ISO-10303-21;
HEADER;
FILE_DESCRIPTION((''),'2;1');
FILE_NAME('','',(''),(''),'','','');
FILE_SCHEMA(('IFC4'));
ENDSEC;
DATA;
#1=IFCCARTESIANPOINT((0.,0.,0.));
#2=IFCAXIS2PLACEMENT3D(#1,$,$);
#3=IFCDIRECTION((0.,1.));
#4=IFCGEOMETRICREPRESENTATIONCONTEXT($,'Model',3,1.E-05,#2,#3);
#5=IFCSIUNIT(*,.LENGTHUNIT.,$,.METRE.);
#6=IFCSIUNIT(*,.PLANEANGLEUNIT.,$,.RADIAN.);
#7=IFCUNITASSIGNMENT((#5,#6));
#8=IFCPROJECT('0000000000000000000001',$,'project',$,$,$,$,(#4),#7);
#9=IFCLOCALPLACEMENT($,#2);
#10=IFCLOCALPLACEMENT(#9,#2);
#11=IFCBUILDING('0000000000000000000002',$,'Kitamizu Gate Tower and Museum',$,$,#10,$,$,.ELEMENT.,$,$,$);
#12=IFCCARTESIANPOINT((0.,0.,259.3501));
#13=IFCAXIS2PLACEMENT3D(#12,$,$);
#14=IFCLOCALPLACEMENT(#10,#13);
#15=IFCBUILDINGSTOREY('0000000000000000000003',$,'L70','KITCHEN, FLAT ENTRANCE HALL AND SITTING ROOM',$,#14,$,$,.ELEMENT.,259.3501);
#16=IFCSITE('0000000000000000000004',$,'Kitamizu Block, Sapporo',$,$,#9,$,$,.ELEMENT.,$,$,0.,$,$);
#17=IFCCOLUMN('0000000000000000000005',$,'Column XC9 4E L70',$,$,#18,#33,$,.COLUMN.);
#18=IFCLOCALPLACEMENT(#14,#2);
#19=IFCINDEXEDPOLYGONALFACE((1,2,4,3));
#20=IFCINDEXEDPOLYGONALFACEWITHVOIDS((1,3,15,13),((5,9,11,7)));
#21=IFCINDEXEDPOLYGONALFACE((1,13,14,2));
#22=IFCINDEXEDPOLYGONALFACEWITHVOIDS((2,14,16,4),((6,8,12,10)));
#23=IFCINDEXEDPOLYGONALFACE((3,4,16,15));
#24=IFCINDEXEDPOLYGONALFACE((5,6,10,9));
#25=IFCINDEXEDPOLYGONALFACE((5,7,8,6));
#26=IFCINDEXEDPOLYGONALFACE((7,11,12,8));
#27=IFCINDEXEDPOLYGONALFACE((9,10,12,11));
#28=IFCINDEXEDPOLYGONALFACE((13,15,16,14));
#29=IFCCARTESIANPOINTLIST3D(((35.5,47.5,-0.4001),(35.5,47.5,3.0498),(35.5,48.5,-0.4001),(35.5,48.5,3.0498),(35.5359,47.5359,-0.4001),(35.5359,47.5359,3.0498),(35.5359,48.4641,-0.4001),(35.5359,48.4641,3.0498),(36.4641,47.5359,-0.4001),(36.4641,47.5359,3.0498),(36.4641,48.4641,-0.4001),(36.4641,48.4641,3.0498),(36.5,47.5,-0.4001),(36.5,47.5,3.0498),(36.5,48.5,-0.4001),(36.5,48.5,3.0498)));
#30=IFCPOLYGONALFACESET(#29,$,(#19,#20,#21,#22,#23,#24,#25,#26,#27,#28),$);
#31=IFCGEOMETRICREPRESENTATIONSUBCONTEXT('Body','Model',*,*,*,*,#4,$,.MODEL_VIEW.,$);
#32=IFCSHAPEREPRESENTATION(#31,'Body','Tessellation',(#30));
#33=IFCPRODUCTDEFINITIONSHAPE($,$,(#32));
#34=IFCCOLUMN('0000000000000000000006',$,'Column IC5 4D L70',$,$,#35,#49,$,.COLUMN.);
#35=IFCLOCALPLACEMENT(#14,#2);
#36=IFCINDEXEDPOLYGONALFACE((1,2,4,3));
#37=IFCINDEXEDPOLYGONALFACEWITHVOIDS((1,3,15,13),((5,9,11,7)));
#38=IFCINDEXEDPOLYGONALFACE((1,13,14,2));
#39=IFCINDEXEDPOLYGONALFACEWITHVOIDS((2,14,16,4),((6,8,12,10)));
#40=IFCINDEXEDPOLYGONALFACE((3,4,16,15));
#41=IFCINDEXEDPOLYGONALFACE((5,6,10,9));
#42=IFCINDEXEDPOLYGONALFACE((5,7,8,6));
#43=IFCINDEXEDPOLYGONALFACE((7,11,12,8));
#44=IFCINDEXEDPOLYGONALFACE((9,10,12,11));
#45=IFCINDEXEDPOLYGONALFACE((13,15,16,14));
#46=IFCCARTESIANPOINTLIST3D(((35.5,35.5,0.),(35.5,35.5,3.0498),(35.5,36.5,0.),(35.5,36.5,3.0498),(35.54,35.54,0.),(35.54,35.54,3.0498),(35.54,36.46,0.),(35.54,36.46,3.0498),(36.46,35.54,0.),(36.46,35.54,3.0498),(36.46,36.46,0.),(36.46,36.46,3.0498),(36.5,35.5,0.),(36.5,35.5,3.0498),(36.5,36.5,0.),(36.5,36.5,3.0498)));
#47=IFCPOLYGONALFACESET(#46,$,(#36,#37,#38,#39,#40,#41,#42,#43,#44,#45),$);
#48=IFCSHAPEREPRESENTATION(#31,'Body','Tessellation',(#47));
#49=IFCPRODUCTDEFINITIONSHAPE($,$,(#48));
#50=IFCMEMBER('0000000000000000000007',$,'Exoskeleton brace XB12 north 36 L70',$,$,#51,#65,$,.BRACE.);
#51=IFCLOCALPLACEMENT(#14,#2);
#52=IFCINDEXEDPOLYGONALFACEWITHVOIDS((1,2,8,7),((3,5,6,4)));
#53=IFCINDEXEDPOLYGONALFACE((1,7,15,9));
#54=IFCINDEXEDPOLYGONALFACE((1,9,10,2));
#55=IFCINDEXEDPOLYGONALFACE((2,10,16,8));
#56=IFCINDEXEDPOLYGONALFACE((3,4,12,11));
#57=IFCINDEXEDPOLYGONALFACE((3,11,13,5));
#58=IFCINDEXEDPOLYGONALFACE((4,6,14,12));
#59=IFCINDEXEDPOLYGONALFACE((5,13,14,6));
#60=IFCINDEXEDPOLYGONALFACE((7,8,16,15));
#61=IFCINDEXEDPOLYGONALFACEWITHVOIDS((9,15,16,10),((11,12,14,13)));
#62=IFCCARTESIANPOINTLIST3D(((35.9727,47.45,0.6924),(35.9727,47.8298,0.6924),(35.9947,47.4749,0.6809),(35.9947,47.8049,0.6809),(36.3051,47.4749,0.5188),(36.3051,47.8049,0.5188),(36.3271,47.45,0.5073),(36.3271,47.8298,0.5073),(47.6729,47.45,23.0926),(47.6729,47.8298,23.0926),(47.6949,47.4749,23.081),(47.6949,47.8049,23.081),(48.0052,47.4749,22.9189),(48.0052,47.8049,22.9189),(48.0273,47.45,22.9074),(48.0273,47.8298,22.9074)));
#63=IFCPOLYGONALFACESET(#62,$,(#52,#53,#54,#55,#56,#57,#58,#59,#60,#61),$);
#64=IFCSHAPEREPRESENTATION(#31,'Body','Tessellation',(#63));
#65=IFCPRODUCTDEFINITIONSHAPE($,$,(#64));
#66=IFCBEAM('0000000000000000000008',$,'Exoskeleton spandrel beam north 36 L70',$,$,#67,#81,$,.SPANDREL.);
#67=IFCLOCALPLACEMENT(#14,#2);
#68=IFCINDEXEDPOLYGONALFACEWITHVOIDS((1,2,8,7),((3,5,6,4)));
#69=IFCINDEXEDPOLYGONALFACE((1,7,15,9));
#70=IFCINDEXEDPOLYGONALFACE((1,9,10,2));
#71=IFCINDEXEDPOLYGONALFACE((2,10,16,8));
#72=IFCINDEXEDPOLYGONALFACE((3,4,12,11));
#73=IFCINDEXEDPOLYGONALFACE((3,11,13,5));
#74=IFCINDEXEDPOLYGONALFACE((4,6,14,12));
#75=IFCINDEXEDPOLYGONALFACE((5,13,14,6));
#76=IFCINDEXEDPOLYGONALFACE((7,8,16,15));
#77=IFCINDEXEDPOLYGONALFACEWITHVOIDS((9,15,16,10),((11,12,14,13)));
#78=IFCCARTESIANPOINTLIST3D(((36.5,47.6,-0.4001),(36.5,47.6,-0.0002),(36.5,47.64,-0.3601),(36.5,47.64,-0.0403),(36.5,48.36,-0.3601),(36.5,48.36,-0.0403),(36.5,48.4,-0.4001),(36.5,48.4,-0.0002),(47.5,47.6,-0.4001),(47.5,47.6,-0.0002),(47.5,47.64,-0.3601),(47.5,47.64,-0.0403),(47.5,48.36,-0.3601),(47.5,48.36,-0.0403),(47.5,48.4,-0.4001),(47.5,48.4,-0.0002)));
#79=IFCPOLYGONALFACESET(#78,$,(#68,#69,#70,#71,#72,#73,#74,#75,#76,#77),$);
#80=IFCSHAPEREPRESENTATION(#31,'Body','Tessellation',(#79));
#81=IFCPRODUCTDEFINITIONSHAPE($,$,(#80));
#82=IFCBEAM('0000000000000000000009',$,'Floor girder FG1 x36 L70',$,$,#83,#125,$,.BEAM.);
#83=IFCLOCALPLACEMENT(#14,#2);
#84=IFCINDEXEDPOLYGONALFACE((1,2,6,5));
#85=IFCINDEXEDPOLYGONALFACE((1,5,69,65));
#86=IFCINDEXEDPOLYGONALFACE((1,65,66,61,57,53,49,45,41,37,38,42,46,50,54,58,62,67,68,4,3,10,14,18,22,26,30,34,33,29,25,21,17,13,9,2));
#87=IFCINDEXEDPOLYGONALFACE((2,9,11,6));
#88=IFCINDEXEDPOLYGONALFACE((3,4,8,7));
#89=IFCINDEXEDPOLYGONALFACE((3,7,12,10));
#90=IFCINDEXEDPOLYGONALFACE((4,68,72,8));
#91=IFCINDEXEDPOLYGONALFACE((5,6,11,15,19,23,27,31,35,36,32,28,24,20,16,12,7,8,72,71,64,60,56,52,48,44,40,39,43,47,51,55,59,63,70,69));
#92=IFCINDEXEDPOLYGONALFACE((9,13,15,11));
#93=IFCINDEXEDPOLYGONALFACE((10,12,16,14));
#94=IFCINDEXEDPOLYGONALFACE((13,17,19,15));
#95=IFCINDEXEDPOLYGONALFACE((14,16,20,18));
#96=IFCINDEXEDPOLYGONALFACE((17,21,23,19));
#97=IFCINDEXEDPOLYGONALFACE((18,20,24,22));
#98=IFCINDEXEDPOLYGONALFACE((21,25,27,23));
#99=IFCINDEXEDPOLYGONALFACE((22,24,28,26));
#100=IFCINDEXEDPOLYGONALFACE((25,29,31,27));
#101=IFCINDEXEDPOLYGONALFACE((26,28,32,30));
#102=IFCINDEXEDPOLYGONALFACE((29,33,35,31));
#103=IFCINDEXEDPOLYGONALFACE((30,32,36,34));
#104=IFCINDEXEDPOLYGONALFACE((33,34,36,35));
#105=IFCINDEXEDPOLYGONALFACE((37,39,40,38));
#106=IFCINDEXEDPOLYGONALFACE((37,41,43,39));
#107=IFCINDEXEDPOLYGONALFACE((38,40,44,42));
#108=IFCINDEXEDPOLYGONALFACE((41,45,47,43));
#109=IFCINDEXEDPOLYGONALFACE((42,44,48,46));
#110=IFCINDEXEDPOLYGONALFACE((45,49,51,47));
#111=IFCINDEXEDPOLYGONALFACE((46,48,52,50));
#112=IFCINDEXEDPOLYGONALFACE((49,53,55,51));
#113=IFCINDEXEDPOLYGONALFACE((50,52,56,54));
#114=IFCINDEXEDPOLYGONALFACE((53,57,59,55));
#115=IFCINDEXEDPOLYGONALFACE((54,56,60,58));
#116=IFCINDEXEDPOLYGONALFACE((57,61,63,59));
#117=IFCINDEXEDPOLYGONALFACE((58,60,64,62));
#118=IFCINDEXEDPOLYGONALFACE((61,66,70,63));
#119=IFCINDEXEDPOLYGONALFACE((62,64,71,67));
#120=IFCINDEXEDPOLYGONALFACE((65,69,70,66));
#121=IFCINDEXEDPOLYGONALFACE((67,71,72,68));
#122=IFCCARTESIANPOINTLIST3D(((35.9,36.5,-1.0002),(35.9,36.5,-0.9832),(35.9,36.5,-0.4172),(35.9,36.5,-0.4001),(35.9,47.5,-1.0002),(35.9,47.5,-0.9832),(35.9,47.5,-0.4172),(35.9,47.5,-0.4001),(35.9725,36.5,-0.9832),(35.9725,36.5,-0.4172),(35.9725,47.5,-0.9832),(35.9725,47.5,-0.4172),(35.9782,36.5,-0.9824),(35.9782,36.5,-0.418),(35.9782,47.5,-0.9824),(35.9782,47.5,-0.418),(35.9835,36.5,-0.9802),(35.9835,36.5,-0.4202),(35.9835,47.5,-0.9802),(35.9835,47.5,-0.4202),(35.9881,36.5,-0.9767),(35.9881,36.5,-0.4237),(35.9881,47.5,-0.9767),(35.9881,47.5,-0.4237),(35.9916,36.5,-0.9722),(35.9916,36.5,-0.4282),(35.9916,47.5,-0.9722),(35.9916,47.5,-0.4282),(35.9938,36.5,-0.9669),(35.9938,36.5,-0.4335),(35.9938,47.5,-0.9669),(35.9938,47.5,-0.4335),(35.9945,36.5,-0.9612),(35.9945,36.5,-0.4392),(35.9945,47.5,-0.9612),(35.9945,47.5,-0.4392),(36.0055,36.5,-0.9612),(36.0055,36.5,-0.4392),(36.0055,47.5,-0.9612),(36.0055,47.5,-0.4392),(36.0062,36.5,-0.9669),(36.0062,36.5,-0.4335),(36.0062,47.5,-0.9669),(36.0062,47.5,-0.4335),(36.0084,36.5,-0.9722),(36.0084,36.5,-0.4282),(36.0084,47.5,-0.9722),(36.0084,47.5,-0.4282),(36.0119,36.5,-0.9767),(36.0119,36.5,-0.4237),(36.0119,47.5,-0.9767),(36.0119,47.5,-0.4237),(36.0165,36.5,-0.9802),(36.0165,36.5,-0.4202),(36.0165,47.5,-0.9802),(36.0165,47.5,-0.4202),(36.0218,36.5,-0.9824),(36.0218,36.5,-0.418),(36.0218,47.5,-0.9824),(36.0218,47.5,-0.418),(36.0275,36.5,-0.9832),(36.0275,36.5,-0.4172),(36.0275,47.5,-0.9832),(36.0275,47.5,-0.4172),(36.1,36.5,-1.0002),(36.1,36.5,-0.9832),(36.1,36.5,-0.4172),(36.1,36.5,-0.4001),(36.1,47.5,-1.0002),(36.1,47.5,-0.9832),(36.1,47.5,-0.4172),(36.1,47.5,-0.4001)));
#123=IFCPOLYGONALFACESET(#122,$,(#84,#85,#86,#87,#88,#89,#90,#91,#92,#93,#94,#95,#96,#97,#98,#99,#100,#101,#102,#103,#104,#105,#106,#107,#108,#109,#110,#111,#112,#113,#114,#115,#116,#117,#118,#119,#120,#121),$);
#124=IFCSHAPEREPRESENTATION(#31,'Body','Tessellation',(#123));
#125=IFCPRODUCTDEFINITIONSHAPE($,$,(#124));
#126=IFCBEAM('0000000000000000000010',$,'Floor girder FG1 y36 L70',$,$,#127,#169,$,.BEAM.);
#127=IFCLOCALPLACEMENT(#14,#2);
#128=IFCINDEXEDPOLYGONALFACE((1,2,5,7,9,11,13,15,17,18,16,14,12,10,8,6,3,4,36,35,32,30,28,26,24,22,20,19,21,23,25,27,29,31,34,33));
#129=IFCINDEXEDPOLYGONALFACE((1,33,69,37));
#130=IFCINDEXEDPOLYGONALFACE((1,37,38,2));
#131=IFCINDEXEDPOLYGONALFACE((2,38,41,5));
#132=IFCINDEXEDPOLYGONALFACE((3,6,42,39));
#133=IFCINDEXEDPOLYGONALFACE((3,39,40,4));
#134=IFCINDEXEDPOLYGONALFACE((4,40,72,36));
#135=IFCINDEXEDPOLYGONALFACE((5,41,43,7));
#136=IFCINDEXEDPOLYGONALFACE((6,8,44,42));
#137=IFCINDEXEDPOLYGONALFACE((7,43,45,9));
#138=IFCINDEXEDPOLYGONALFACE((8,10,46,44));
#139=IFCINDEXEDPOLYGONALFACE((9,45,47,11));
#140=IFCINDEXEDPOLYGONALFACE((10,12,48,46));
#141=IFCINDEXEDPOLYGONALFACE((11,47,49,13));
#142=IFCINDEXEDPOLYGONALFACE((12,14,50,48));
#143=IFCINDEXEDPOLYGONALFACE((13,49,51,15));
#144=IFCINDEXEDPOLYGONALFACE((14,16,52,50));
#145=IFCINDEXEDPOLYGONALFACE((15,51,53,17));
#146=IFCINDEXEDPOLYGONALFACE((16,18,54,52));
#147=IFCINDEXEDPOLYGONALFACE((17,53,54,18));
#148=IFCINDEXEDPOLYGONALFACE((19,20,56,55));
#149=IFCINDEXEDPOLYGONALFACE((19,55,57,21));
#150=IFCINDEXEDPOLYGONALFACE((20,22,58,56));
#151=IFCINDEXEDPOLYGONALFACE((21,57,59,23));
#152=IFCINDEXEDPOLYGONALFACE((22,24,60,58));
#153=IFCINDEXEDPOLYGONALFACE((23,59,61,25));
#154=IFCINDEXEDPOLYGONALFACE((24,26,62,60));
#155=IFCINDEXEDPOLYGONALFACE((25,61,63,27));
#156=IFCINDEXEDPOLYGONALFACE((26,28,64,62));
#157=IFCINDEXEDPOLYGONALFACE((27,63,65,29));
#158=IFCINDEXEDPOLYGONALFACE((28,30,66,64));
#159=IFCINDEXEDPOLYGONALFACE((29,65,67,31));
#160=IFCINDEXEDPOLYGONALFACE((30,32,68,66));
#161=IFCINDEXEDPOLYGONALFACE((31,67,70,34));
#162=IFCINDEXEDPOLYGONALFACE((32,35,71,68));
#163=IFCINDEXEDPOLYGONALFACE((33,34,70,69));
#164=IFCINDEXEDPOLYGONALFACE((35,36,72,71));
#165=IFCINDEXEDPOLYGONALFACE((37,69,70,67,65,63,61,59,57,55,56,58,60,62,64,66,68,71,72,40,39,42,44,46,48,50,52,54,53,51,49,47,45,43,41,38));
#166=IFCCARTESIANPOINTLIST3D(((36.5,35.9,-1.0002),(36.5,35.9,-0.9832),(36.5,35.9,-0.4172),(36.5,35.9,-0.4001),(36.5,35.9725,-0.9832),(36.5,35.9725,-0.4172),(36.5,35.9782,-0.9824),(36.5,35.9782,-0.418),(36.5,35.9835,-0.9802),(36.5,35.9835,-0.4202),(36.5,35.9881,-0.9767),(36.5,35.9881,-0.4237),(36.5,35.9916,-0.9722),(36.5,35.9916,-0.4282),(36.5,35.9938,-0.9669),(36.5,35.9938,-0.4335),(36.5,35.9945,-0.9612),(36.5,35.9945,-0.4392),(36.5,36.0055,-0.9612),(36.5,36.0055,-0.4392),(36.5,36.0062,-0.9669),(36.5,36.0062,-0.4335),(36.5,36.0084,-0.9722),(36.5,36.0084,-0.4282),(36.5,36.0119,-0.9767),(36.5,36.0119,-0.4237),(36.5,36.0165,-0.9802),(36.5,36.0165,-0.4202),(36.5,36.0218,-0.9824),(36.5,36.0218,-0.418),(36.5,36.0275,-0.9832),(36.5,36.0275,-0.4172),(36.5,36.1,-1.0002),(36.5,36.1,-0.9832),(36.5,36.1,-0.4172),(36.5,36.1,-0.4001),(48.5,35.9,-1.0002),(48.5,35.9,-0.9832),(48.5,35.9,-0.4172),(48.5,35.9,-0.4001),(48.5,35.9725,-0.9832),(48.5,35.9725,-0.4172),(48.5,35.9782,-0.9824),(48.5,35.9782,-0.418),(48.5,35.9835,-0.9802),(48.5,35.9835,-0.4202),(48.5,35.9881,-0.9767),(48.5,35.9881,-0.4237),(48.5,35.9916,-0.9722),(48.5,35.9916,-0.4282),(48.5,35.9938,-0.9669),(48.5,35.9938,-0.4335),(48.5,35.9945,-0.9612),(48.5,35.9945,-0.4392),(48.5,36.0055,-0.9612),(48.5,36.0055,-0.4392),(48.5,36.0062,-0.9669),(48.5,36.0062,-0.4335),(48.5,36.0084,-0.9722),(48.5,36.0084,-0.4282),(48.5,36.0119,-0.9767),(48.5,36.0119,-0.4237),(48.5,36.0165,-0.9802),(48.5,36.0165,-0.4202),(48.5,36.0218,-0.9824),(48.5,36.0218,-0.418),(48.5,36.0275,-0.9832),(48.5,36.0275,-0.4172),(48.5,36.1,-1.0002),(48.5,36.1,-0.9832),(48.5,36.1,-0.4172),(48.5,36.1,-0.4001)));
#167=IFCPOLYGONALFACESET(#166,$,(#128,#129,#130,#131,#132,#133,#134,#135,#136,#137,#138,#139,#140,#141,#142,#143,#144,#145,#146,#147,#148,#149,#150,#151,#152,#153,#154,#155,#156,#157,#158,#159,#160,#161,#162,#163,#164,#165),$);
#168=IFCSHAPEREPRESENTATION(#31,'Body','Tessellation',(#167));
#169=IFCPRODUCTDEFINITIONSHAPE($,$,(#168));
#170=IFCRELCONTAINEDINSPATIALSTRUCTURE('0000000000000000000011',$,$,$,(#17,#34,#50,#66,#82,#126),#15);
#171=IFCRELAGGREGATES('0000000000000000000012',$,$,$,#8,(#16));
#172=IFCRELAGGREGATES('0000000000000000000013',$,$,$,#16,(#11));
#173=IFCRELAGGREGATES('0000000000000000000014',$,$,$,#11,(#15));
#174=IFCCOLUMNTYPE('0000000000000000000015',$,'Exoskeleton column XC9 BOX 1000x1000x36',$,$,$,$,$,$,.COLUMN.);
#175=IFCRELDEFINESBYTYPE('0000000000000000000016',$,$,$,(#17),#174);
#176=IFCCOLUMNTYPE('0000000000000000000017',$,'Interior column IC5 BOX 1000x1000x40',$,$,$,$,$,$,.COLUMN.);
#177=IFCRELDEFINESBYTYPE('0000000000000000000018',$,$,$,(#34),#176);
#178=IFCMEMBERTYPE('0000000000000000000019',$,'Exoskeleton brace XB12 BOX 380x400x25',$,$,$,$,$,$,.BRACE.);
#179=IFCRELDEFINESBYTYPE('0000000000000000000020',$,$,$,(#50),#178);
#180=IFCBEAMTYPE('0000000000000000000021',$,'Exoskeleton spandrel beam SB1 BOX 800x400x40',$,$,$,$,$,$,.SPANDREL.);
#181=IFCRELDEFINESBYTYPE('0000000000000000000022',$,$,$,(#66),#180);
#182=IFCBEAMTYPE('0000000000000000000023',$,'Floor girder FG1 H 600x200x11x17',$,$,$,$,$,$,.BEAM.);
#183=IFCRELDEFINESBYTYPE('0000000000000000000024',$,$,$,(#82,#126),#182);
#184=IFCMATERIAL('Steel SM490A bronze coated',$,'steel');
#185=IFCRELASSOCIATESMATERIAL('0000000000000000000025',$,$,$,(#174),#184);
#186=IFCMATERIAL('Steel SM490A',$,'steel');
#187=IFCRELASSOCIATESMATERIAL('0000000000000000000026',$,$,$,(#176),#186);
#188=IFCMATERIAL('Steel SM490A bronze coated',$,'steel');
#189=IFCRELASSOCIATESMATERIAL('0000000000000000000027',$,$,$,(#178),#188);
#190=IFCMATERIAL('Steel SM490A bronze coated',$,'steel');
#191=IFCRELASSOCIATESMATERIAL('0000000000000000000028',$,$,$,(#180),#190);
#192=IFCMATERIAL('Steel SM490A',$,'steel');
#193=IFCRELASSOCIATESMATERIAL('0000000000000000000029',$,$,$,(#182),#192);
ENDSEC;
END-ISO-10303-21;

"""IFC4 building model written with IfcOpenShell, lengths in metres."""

from ifc_helpers import new_model, si_unit, direction, frame, origin, origin_2d, place, context, subcontext, project, spatial, hollow_rectangle, i_section, extrude, material, material_profile, profile_set, type_object, element, save


model = new_model("IFC4")

# Units and contexts
model_context = context("Model", 3, precision=1e-05, world=origin(), true_north=direction((0.0, 1.0)))
body_context = subcontext(model_context, "Body", "Model", "MODEL_VIEW")
ifc_project = project(units=[si_unit("LENGTHUNIT", "METRE"), si_unit("PLANEANGLEUNIT", "RADIAN")], contexts=[model_context])

# Site, building, storey
site_placement = place(None, origin())
site = spatial("IfcSite", under=ifc_project, at=site_placement, Name="Kitamizu Block, Sapporo", CompositionType="ELEMENT", RefElevation=0.0)
building_placement = place(site_placement, origin())
building = spatial("IfcBuilding", under=site, at=building_placement, Name="Kitamizu Gate Tower and Museum", CompositionType="ELEMENT")
storey_placement = place(building_placement, frame((0.0, 0.0, 259.3501)))
storey = spatial("IfcBuildingStorey", under=building, at=storey_placement, Name="L70", Description="KITCHEN, FLAT ENTRANCE HALL AND SITTING ROOM", CompositionType="ELEMENT", Elevation=259.3501)

# Columns
ifc_material_1 = material(Name="Steel SM490A bronze coated", Category="steel")
ifc_material_profile_1 = material_profile(ifc_material_1, hollow_rectangle(XDim=1.0, YDim=1.0, WallThickness=0.0359, at=origin_2d()), Name="BOX 1000x1000x36")
ifc_profile_set_1 = profile_set([ifc_material_profile_1], Name="Steel SM490A bronze coated")
column_type_1 = type_object("IfcColumnType", Name="Exoskeleton column XC9 BOX 1000x1000x36", PredefinedType="COLUMN", material=ifc_profile_set_1)
column_1_placement = place(storey_placement, frame((36.0, 48.0, -0.4001), z_axis=(0.0, 0.0, 1.0), x_axis=(1.0, 0.0, 0.0)))
element("IfcColumn", 1, at=column_1_placement, inside=storey, type_object=column_type_1, Name="Column XC9 4E L70", PredefinedType="COLUMN", context=body_context, shape_type="SweptSolid", body=[
    extrude(hollow_rectangle(XDim=1.0, YDim=1.0, WallThickness=0.0359, at=origin_2d()), origin(), (0.0, 0.0, 1.0), 3.45),
])
ifc_material_2 = material(Name="Steel SM490A", Category="steel")
ifc_material_profile_2 = material_profile(ifc_material_2, hollow_rectangle(XDim=1.0, YDim=1.0, WallThickness=0.04, at=origin_2d()), Name="BOX 1000x1000x40")
ifc_profile_set_2 = profile_set([ifc_material_profile_2], Name="Steel SM490A")
column_type_2 = type_object("IfcColumnType", Name="Interior column IC5 BOX 1000x1000x40", PredefinedType="COLUMN", material=ifc_profile_set_2)
column_2_placement = place(storey_placement, frame((36.0, 36.0, 0.0), z_axis=(0.0, 0.0, 1.0), x_axis=(1.0, 0.0, 0.0)))
element("IfcColumn", 2, at=column_2_placement, inside=storey, type_object=column_type_2, Name="Column IC5 4D L70", PredefinedType="COLUMN", context=body_context, shape_type="SweptSolid", body=[
    extrude(hollow_rectangle(XDim=1.0, YDim=1.0, WallThickness=0.04, at=origin_2d()), origin(), (0.0, 0.0, 1.0), 3.0498),
])

# Member
ifc_material_3 = material(Name="Steel SM490A bronze coated", Category="steel")
ifc_material_profile_3 = material_profile(ifc_material_3, hollow_rectangle(XDim=0.3799, YDim=0.3999, WallThickness=0.0249, at=origin_2d()), Name="BOX 380x400x25")
ifc_profile_set_3 = profile_set([ifc_material_profile_3], Name="Steel SM490A bronze coated")
member_type = type_object("IfcMemberType", Name="Exoskeleton brace XB12 BOX 380x400x25", PredefinedType="BRACE", material=ifc_profile_set_3)
member_placement = place(storey_placement, frame((36.1499, 47.6399, 0.5999), z_axis=(0.462975, 0.0, 0.886371), x_axis=(0.0, 1.0, 0.0)))
element("IfcMember", 3, at=member_placement, inside=storey, type_object=member_type, Name="Exoskeleton brace XB12 north 36 L70", PredefinedType="BRACE", context=body_context, shape_type="SweptSolid", body=[
    extrude(hollow_rectangle(XDim=0.3799, YDim=0.3999, WallThickness=0.0249, at=origin_2d()), origin(), (0.0, 0.0, 1.0), 25.2717),
])

# Beams
ifc_material_4 = material(Name="Steel SM490A bronze coated", Category="steel")
ifc_material_profile_4 = material_profile(ifc_material_4, hollow_rectangle(XDim=0.8, YDim=0.3999, WallThickness=0.04, at=origin_2d()), Name="BOX 800x400x40")
ifc_profile_set_4 = profile_set([ifc_material_profile_4], Name="Steel SM490A bronze coated")
beam_type_1 = type_object("IfcBeamType", Name="Exoskeleton spandrel beam SB1 BOX 800x400x40", PredefinedType="SPANDREL", material=ifc_profile_set_4)
beam_1_placement = place(storey_placement, frame((36.5, 48.0, -0.2002), z_axis=(1.0, 0.0, 0.0), x_axis=(0.0, 1.0, 0.0)))
element("IfcBeam", 4, at=beam_1_placement, inside=storey, type_object=beam_type_1, Name="Exoskeleton spandrel beam north 36 L70", PredefinedType="SPANDREL", context=body_context, shape_type="SweptSolid", body=[
    extrude(hollow_rectangle(XDim=0.8, YDim=0.3999, WallThickness=0.04, at=origin_2d()), origin(), (0.0, 0.0, 1.0), 11.0),
])
ifc_material_5 = material(Name="Steel SM490A", Category="steel")
ifc_material_profile_5 = material_profile(ifc_material_5, i_section(OverallWidth=0.2, OverallDepth=0.6001, WebThickness=0.011, FlangeThickness=0.0171, FilletRadius=0.022, at=origin_2d()), Name="H-600x200x11x17")
ifc_profile_set_5 = profile_set([ifc_material_profile_5], Name="Steel SM490A")
beam_type_2 = type_object("IfcBeamType", Name="Floor girder FG1 H 600x200x11x17", PredefinedType="BEAM", material=ifc_profile_set_5)
beam_2_placement = place(storey_placement, frame((36.0, 36.5, -0.7002), z_axis=(0.0, 1.0, 0.0), x_axis=(-1.0, 0.0, 0.0)))
element("IfcBeam", 5, at=beam_2_placement, inside=storey, type_object=beam_type_2, Name="Floor girder FG1 x36 L70", PredefinedType="BEAM", context=body_context, shape_type="SweptSolid", body=[
    extrude(i_section(OverallWidth=0.2, OverallDepth=0.6001, WebThickness=0.011, FlangeThickness=0.0171, FilletRadius=0.022, at=origin_2d()), origin(), (0.0, 0.0, 1.0), 11.0),
])
beam_3_placement = place(storey_placement, frame((36.5, 36.0, -0.7002), z_axis=(1.0, 0.0, 0.0), x_axis=(0.0, 1.0, 0.0)))
element("IfcBeam", 6, at=beam_3_placement, inside=storey, type_object=beam_type_2, Name="Floor girder FG1 y36 L70", PredefinedType="BEAM", context=body_context, shape_type="SweptSolid", body=[
    extrude(i_section(OverallWidth=0.2, OverallDepth=0.6001, WebThickness=0.011, FlangeThickness=0.0171, FilletRadius=0.022, at=origin_2d()), origin(), (0.0, 0.0, 1.0), 12.0),
])

save(model, "model.ifc")
